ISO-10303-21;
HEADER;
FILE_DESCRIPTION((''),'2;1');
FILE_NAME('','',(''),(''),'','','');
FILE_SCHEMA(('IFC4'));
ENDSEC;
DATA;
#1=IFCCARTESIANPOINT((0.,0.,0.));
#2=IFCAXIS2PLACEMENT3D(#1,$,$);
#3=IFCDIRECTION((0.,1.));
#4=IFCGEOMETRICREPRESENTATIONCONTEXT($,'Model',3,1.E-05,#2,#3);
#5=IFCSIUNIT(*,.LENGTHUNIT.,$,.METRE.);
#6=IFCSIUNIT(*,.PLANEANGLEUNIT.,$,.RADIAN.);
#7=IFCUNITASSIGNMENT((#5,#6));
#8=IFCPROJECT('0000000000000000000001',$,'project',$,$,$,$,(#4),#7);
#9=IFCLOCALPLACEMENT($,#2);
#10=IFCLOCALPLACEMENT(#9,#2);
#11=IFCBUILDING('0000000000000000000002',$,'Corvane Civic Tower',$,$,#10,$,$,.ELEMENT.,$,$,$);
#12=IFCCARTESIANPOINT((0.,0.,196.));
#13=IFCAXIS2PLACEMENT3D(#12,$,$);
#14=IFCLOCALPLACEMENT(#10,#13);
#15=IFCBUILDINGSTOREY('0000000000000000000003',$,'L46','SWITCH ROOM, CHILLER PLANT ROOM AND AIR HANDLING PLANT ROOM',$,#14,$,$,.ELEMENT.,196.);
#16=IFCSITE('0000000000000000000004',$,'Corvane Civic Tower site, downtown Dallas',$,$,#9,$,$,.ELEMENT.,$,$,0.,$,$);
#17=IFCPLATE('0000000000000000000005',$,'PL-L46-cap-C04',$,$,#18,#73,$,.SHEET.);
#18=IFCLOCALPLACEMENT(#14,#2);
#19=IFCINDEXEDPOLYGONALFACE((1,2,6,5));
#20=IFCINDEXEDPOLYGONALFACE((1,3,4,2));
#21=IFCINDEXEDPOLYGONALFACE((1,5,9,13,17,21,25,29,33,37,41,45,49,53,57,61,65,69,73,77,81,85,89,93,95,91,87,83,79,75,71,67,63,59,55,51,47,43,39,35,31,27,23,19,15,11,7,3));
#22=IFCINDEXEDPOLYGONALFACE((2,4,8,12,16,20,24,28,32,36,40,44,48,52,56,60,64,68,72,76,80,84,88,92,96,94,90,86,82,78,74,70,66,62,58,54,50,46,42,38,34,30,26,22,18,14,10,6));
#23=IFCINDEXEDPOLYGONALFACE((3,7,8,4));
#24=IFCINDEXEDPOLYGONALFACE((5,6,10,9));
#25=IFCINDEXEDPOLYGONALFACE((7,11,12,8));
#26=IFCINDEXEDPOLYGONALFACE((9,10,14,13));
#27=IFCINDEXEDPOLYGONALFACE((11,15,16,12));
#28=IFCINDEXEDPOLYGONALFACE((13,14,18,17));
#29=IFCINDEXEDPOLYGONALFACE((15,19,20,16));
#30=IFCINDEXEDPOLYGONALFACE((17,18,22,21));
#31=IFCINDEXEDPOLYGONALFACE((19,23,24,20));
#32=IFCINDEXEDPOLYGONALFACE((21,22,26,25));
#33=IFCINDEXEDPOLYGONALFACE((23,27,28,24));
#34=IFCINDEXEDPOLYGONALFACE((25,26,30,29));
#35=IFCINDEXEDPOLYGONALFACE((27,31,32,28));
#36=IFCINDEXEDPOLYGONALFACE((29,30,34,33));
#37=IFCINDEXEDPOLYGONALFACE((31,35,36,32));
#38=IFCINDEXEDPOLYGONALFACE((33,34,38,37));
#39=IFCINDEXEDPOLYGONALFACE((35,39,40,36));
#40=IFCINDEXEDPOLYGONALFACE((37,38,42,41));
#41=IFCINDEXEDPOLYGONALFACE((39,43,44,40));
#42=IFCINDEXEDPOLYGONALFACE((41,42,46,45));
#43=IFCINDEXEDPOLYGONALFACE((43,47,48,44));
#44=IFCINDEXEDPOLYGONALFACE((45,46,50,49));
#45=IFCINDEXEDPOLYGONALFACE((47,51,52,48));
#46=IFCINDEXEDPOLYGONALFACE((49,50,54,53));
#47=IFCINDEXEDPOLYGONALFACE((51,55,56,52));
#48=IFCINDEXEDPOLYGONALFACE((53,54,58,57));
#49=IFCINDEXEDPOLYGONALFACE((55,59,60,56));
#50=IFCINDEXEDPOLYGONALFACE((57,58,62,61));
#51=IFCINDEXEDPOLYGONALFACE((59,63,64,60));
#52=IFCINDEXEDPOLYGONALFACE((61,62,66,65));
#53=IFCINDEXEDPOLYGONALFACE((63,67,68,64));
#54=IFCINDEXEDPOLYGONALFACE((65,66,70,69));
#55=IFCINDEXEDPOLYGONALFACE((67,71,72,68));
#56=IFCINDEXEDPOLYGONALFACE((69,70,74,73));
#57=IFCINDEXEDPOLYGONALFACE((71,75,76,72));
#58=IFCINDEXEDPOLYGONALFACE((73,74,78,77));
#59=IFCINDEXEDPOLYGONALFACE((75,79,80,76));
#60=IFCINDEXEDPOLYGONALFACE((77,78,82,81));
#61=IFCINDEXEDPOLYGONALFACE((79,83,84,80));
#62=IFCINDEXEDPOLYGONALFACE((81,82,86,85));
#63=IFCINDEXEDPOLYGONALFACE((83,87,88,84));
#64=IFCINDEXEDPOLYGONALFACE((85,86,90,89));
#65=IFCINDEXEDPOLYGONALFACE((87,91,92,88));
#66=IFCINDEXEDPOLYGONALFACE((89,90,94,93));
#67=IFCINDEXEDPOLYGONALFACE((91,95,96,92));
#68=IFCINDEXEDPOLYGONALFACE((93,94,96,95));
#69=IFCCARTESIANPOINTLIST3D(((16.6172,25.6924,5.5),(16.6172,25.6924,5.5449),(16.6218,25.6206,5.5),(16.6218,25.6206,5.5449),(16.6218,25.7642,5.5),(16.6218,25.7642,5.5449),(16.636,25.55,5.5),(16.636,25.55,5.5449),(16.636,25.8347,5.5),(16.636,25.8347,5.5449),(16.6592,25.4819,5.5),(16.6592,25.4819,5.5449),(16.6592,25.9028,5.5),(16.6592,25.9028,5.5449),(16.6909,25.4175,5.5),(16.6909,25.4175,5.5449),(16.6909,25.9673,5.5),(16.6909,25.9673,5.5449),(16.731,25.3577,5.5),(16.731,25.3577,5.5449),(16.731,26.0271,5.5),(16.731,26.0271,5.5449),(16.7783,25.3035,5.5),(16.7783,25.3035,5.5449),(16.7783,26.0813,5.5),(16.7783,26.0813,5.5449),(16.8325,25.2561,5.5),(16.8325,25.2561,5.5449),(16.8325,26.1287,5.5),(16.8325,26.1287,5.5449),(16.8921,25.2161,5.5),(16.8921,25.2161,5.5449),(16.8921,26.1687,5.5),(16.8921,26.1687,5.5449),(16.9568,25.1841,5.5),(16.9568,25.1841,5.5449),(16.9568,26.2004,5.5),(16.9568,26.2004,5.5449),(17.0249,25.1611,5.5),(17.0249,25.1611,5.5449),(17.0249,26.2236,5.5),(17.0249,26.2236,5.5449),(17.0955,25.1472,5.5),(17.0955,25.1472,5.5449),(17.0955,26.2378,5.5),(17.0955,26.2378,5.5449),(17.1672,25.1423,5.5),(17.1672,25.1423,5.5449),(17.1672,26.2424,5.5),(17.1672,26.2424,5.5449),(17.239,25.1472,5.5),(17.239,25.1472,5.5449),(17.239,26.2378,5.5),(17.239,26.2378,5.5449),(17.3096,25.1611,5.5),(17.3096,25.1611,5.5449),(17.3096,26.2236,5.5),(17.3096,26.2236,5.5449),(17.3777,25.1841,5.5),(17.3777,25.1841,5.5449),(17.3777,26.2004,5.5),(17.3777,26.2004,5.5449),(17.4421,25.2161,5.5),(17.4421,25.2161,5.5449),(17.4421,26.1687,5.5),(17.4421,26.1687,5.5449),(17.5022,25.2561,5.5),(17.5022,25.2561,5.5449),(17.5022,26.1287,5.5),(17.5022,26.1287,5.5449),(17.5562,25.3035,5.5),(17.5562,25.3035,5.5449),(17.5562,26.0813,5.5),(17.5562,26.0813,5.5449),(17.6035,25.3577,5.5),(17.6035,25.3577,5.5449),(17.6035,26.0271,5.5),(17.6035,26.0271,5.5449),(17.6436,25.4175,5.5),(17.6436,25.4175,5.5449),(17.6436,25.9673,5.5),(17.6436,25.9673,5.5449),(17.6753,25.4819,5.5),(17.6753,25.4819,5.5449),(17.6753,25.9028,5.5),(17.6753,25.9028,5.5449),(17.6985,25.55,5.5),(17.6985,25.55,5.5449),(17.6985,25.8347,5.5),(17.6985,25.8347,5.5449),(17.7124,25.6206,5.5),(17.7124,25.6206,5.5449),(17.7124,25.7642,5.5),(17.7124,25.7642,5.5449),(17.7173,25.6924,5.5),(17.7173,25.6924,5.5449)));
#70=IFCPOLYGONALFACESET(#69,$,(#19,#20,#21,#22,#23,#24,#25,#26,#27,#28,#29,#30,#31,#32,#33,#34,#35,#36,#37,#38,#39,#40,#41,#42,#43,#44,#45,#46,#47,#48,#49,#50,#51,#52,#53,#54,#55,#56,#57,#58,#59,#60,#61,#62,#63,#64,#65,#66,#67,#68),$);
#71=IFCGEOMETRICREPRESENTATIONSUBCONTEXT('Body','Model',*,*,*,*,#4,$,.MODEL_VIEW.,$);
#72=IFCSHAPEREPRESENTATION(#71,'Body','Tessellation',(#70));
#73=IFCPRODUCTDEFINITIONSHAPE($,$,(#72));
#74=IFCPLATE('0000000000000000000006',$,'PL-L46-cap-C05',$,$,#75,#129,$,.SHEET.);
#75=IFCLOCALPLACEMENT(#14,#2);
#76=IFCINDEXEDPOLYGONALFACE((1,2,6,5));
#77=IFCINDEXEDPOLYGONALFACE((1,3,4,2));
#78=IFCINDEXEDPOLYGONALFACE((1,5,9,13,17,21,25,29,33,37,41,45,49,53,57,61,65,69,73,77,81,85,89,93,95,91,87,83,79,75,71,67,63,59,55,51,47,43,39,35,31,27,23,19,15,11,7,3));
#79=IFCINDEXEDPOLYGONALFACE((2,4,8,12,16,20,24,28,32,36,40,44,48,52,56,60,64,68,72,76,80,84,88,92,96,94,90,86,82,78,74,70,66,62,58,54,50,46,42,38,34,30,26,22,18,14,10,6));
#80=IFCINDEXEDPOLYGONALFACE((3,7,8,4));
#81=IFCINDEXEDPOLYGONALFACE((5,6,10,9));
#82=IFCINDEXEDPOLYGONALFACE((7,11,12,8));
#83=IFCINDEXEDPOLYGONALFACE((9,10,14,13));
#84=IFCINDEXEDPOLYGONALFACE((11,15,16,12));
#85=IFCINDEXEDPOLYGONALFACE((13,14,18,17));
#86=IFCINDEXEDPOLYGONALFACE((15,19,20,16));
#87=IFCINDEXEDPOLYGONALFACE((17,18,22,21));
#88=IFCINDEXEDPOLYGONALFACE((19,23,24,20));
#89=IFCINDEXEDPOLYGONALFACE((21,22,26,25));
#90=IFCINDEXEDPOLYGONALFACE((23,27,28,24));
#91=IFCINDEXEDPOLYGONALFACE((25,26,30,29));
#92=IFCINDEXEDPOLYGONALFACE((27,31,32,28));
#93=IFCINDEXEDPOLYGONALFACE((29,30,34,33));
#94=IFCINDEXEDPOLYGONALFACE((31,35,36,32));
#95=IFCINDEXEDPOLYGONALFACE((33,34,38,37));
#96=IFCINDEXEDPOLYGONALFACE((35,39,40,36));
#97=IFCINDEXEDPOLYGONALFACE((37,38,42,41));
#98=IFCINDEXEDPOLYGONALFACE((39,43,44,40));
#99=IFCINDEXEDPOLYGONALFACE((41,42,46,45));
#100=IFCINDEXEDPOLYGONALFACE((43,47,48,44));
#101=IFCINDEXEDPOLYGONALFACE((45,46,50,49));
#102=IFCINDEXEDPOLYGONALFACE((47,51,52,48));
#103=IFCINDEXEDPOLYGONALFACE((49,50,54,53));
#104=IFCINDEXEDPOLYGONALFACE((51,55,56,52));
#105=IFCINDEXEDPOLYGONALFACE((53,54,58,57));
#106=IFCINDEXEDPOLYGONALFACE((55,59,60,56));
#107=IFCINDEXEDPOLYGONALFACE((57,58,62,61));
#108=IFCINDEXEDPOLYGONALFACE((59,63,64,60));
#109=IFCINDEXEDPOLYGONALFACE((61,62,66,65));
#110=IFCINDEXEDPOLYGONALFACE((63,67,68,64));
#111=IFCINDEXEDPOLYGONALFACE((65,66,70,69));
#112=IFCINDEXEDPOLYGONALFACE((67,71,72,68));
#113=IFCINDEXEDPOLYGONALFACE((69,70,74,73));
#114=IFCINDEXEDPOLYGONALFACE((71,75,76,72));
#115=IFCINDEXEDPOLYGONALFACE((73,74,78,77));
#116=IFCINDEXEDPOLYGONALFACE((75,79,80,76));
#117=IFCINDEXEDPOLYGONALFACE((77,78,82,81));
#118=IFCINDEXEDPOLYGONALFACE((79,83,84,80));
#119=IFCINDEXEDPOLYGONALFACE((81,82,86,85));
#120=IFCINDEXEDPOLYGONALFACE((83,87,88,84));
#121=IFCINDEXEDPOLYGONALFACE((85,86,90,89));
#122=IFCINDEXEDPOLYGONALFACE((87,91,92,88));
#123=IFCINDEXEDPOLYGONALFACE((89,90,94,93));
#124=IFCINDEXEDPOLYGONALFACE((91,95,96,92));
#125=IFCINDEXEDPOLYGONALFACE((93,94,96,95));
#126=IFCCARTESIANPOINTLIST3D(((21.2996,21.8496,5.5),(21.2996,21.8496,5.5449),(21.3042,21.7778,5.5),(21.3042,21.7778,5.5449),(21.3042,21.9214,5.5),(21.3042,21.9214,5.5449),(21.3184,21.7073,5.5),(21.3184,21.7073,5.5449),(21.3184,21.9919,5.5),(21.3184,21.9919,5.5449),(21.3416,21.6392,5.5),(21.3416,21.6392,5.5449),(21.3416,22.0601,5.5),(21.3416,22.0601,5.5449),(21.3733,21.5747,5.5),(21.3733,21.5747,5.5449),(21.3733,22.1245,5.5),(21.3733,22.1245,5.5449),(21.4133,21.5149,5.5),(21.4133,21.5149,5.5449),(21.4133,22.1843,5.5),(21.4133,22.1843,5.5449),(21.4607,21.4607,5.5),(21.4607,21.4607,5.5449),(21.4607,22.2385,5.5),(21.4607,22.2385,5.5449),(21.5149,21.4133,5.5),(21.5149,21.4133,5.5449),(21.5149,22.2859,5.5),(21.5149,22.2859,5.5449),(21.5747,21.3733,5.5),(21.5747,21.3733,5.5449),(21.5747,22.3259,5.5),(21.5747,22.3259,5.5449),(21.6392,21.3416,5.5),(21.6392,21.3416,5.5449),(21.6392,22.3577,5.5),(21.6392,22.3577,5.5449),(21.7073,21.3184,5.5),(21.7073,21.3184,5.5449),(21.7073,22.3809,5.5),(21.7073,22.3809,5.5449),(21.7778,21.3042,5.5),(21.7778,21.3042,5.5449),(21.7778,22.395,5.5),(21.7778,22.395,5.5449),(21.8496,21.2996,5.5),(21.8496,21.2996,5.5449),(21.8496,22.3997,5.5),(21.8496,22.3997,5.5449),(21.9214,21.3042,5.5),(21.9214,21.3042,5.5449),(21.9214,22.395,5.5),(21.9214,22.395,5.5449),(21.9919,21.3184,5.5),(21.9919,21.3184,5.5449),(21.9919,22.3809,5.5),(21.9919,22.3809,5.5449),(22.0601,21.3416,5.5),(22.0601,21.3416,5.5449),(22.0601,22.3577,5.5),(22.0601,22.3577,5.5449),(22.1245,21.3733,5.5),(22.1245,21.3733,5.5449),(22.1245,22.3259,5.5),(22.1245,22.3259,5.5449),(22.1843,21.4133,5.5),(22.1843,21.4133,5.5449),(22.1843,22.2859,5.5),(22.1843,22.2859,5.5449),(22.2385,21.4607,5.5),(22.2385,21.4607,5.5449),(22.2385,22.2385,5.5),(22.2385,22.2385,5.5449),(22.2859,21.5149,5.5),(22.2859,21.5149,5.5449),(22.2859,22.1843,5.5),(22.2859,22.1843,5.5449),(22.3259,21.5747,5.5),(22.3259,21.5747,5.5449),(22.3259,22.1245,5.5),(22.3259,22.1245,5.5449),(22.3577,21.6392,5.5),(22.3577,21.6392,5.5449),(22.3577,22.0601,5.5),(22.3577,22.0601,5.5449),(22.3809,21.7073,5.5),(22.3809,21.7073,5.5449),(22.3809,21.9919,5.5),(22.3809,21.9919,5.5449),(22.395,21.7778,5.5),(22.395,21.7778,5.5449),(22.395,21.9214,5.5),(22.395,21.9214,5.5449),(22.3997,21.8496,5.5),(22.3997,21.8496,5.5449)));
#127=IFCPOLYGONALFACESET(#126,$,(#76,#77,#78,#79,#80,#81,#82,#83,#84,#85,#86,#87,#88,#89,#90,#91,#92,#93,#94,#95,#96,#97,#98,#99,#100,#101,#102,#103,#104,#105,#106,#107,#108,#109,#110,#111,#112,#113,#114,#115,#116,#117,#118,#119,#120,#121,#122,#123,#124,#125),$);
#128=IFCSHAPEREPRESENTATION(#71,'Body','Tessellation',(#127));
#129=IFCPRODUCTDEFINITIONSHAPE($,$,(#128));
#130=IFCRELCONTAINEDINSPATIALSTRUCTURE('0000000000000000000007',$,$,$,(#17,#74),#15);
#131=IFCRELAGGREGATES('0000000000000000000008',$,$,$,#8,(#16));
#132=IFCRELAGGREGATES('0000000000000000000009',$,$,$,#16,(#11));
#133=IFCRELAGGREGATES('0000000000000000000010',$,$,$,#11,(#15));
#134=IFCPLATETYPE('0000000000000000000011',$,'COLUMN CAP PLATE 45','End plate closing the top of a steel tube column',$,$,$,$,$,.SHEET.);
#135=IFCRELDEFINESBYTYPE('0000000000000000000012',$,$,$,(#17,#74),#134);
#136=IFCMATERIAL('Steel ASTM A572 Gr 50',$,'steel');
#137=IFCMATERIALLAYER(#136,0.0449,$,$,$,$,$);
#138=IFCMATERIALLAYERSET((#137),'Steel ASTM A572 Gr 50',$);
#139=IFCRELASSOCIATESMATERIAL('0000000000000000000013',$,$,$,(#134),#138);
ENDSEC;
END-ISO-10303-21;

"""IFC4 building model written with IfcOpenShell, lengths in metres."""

from ifc_helpers import new_model, si_unit, direction, frame, origin, place, context, subcontext, project, spatial, polyline, outline, extrude, material, layer, layer_set, type_object, element, save


model = new_model("IFC4")

# Units and contexts
model_context = context("Model", 3, precision=1e-05, world=origin(), true_north=direction((0.0, 1.0)))
body_context = subcontext(model_context, "Body", "Model", "MODEL_VIEW")
ifc_project = project(units=[si_unit("LENGTHUNIT", "METRE"), si_unit("PLANEANGLEUNIT", "RADIAN")], contexts=[model_context])

# Site, building, storey
site_placement = place(None, origin())
site = spatial("IfcSite", under=ifc_project, at=site_placement, Name="Corvane Civic Tower site, downtown Dallas", CompositionType="ELEMENT", RefElevation=0.0)
building_placement = place(site_placement, origin())
building = spatial("IfcBuilding", under=site, at=building_placement, Name="Corvane Civic Tower", CompositionType="ELEMENT")
storey_placement = place(building_placement, frame((0.0, 0.0, 196.0)))
storey = spatial("IfcBuildingStorey", under=building, at=storey_placement, Name="L46", Description="SWITCH ROOM, CHILLER PLANT ROOM AND AIR HANDLING PLANT ROOM", CompositionType="ELEMENT", Elevation=196.0)

# Plates
ifc_material_1 = material(Name="Steel ASTM A572 Gr 50", Category="steel")
ifc_layer_1 = layer(ifc_material_1, 0.0449)
ifc_layer_set_1 = layer_set([ifc_layer_1], Name="Steel ASTM A572 Gr 50")
plate_type = type_object("IfcPlateType", Name="COLUMN CAP PLATE 45", Description="End plate closing the top of a steel tube column", PredefinedType="SHEET", material=ifc_layer_set_1)
plate_1_placement = place(storey_placement, frame((0.0, 0.0, 5.5)))
element("IfcPlate", 1, at=plate_1_placement, inside=storey, type_object=plate_type, Name="PL-L46-cap-C04", PredefinedType="SHEET", context=body_context, shape_type="SweptSolid", body=[
    extrude(outline(polyline([(17.7173, 25.6924), (17.7124, 25.7642), (17.6985, 25.8347), (17.6753, 25.9028), (17.6436, 25.9673), (17.6035, 26.0271), (17.5562, 26.0813), (17.5022, 26.1287), (17.4421, 26.1687), (17.3777, 26.2004), (17.3096, 26.2236), (17.239, 26.2378), (17.1672, 26.2424), (17.0955, 26.2378), (17.0249, 26.2236), (16.9568, 26.2004), (16.8921, 26.1687), (16.8325, 26.1287), (16.7783, 26.0813), (16.731, 26.0271), (16.6909, 25.9673), (16.6592, 25.9028), (16.636, 25.8347), (16.6218, 25.7642), (16.6172, 25.6924), (16.6218, 25.6206), (16.636, 25.55), (16.6592, 25.4819), (16.6909, 25.4175), (16.731, 25.3577), (16.7783, 25.3035), (16.8325, 25.2561), (16.8921, 25.2161), (16.9568, 25.1841), (17.0249, 25.1611), (17.0955, 25.1472), (17.1672, 25.1423), (17.239, 25.1472), (17.3096, 25.1611), (17.3777, 25.1841), (17.4421, 25.2161), (17.5022, 25.2561), (17.5562, 25.3035), (17.6035, 25.3577), (17.6436, 25.4175), (17.6753, 25.4819), (17.6985, 25.55), (17.7124, 25.6206), (17.7173, 25.6924)])), origin(), (0.0, 0.0, 1.0), 0.0449),
])
plate_2_placement = place(storey_placement, frame((0.0, 0.0, 5.5)))
element("IfcPlate", 2, at=plate_2_placement, inside=storey, type_object=plate_type, Name="PL-L46-cap-C05", PredefinedType="SHEET", context=body_context, shape_type="SweptSolid", body=[
    extrude(outline(polyline([(22.3997, 21.8496), (22.395, 21.9214), (22.3809, 21.9919), (22.3577, 22.0601), (22.3259, 22.1245), (22.2859, 22.1843), (22.2385, 22.2385), (22.1843, 22.2859), (22.1245, 22.3259), (22.0601, 22.3577), (21.9919, 22.3809), (21.9214, 22.395), (21.8496, 22.3997), (21.7778, 22.395), (21.7073, 22.3809), (21.6392, 22.3577), (21.5747, 22.3259), (21.5149, 22.2859), (21.4607, 22.2385), (21.4133, 22.1843), (21.3733, 22.1245), (21.3416, 22.0601), (21.3184, 21.9919), (21.3042, 21.9214), (21.2996, 21.8496), (21.3042, 21.7778), (21.3184, 21.7073), (21.3416, 21.6392), (21.3733, 21.5747), (21.4133, 21.5149), (21.4607, 21.4607), (21.5149, 21.4133), (21.5747, 21.3733), (21.6392, 21.3416), (21.7073, 21.3184), (21.7778, 21.3042), (21.8496, 21.2996), (21.9214, 21.3042), (21.9919, 21.3184), (22.0601, 21.3416), (22.1245, 21.3733), (22.1843, 21.4133), (22.2385, 21.4607), (22.2859, 21.5149), (22.3259, 21.5747), (22.3577, 21.6392), (22.3809, 21.7073), (22.395, 21.7778), (22.3997, 21.8496)])), origin(), (0.0, 0.0, 1.0), 0.0449),
])

save(model, "model.ifc")
